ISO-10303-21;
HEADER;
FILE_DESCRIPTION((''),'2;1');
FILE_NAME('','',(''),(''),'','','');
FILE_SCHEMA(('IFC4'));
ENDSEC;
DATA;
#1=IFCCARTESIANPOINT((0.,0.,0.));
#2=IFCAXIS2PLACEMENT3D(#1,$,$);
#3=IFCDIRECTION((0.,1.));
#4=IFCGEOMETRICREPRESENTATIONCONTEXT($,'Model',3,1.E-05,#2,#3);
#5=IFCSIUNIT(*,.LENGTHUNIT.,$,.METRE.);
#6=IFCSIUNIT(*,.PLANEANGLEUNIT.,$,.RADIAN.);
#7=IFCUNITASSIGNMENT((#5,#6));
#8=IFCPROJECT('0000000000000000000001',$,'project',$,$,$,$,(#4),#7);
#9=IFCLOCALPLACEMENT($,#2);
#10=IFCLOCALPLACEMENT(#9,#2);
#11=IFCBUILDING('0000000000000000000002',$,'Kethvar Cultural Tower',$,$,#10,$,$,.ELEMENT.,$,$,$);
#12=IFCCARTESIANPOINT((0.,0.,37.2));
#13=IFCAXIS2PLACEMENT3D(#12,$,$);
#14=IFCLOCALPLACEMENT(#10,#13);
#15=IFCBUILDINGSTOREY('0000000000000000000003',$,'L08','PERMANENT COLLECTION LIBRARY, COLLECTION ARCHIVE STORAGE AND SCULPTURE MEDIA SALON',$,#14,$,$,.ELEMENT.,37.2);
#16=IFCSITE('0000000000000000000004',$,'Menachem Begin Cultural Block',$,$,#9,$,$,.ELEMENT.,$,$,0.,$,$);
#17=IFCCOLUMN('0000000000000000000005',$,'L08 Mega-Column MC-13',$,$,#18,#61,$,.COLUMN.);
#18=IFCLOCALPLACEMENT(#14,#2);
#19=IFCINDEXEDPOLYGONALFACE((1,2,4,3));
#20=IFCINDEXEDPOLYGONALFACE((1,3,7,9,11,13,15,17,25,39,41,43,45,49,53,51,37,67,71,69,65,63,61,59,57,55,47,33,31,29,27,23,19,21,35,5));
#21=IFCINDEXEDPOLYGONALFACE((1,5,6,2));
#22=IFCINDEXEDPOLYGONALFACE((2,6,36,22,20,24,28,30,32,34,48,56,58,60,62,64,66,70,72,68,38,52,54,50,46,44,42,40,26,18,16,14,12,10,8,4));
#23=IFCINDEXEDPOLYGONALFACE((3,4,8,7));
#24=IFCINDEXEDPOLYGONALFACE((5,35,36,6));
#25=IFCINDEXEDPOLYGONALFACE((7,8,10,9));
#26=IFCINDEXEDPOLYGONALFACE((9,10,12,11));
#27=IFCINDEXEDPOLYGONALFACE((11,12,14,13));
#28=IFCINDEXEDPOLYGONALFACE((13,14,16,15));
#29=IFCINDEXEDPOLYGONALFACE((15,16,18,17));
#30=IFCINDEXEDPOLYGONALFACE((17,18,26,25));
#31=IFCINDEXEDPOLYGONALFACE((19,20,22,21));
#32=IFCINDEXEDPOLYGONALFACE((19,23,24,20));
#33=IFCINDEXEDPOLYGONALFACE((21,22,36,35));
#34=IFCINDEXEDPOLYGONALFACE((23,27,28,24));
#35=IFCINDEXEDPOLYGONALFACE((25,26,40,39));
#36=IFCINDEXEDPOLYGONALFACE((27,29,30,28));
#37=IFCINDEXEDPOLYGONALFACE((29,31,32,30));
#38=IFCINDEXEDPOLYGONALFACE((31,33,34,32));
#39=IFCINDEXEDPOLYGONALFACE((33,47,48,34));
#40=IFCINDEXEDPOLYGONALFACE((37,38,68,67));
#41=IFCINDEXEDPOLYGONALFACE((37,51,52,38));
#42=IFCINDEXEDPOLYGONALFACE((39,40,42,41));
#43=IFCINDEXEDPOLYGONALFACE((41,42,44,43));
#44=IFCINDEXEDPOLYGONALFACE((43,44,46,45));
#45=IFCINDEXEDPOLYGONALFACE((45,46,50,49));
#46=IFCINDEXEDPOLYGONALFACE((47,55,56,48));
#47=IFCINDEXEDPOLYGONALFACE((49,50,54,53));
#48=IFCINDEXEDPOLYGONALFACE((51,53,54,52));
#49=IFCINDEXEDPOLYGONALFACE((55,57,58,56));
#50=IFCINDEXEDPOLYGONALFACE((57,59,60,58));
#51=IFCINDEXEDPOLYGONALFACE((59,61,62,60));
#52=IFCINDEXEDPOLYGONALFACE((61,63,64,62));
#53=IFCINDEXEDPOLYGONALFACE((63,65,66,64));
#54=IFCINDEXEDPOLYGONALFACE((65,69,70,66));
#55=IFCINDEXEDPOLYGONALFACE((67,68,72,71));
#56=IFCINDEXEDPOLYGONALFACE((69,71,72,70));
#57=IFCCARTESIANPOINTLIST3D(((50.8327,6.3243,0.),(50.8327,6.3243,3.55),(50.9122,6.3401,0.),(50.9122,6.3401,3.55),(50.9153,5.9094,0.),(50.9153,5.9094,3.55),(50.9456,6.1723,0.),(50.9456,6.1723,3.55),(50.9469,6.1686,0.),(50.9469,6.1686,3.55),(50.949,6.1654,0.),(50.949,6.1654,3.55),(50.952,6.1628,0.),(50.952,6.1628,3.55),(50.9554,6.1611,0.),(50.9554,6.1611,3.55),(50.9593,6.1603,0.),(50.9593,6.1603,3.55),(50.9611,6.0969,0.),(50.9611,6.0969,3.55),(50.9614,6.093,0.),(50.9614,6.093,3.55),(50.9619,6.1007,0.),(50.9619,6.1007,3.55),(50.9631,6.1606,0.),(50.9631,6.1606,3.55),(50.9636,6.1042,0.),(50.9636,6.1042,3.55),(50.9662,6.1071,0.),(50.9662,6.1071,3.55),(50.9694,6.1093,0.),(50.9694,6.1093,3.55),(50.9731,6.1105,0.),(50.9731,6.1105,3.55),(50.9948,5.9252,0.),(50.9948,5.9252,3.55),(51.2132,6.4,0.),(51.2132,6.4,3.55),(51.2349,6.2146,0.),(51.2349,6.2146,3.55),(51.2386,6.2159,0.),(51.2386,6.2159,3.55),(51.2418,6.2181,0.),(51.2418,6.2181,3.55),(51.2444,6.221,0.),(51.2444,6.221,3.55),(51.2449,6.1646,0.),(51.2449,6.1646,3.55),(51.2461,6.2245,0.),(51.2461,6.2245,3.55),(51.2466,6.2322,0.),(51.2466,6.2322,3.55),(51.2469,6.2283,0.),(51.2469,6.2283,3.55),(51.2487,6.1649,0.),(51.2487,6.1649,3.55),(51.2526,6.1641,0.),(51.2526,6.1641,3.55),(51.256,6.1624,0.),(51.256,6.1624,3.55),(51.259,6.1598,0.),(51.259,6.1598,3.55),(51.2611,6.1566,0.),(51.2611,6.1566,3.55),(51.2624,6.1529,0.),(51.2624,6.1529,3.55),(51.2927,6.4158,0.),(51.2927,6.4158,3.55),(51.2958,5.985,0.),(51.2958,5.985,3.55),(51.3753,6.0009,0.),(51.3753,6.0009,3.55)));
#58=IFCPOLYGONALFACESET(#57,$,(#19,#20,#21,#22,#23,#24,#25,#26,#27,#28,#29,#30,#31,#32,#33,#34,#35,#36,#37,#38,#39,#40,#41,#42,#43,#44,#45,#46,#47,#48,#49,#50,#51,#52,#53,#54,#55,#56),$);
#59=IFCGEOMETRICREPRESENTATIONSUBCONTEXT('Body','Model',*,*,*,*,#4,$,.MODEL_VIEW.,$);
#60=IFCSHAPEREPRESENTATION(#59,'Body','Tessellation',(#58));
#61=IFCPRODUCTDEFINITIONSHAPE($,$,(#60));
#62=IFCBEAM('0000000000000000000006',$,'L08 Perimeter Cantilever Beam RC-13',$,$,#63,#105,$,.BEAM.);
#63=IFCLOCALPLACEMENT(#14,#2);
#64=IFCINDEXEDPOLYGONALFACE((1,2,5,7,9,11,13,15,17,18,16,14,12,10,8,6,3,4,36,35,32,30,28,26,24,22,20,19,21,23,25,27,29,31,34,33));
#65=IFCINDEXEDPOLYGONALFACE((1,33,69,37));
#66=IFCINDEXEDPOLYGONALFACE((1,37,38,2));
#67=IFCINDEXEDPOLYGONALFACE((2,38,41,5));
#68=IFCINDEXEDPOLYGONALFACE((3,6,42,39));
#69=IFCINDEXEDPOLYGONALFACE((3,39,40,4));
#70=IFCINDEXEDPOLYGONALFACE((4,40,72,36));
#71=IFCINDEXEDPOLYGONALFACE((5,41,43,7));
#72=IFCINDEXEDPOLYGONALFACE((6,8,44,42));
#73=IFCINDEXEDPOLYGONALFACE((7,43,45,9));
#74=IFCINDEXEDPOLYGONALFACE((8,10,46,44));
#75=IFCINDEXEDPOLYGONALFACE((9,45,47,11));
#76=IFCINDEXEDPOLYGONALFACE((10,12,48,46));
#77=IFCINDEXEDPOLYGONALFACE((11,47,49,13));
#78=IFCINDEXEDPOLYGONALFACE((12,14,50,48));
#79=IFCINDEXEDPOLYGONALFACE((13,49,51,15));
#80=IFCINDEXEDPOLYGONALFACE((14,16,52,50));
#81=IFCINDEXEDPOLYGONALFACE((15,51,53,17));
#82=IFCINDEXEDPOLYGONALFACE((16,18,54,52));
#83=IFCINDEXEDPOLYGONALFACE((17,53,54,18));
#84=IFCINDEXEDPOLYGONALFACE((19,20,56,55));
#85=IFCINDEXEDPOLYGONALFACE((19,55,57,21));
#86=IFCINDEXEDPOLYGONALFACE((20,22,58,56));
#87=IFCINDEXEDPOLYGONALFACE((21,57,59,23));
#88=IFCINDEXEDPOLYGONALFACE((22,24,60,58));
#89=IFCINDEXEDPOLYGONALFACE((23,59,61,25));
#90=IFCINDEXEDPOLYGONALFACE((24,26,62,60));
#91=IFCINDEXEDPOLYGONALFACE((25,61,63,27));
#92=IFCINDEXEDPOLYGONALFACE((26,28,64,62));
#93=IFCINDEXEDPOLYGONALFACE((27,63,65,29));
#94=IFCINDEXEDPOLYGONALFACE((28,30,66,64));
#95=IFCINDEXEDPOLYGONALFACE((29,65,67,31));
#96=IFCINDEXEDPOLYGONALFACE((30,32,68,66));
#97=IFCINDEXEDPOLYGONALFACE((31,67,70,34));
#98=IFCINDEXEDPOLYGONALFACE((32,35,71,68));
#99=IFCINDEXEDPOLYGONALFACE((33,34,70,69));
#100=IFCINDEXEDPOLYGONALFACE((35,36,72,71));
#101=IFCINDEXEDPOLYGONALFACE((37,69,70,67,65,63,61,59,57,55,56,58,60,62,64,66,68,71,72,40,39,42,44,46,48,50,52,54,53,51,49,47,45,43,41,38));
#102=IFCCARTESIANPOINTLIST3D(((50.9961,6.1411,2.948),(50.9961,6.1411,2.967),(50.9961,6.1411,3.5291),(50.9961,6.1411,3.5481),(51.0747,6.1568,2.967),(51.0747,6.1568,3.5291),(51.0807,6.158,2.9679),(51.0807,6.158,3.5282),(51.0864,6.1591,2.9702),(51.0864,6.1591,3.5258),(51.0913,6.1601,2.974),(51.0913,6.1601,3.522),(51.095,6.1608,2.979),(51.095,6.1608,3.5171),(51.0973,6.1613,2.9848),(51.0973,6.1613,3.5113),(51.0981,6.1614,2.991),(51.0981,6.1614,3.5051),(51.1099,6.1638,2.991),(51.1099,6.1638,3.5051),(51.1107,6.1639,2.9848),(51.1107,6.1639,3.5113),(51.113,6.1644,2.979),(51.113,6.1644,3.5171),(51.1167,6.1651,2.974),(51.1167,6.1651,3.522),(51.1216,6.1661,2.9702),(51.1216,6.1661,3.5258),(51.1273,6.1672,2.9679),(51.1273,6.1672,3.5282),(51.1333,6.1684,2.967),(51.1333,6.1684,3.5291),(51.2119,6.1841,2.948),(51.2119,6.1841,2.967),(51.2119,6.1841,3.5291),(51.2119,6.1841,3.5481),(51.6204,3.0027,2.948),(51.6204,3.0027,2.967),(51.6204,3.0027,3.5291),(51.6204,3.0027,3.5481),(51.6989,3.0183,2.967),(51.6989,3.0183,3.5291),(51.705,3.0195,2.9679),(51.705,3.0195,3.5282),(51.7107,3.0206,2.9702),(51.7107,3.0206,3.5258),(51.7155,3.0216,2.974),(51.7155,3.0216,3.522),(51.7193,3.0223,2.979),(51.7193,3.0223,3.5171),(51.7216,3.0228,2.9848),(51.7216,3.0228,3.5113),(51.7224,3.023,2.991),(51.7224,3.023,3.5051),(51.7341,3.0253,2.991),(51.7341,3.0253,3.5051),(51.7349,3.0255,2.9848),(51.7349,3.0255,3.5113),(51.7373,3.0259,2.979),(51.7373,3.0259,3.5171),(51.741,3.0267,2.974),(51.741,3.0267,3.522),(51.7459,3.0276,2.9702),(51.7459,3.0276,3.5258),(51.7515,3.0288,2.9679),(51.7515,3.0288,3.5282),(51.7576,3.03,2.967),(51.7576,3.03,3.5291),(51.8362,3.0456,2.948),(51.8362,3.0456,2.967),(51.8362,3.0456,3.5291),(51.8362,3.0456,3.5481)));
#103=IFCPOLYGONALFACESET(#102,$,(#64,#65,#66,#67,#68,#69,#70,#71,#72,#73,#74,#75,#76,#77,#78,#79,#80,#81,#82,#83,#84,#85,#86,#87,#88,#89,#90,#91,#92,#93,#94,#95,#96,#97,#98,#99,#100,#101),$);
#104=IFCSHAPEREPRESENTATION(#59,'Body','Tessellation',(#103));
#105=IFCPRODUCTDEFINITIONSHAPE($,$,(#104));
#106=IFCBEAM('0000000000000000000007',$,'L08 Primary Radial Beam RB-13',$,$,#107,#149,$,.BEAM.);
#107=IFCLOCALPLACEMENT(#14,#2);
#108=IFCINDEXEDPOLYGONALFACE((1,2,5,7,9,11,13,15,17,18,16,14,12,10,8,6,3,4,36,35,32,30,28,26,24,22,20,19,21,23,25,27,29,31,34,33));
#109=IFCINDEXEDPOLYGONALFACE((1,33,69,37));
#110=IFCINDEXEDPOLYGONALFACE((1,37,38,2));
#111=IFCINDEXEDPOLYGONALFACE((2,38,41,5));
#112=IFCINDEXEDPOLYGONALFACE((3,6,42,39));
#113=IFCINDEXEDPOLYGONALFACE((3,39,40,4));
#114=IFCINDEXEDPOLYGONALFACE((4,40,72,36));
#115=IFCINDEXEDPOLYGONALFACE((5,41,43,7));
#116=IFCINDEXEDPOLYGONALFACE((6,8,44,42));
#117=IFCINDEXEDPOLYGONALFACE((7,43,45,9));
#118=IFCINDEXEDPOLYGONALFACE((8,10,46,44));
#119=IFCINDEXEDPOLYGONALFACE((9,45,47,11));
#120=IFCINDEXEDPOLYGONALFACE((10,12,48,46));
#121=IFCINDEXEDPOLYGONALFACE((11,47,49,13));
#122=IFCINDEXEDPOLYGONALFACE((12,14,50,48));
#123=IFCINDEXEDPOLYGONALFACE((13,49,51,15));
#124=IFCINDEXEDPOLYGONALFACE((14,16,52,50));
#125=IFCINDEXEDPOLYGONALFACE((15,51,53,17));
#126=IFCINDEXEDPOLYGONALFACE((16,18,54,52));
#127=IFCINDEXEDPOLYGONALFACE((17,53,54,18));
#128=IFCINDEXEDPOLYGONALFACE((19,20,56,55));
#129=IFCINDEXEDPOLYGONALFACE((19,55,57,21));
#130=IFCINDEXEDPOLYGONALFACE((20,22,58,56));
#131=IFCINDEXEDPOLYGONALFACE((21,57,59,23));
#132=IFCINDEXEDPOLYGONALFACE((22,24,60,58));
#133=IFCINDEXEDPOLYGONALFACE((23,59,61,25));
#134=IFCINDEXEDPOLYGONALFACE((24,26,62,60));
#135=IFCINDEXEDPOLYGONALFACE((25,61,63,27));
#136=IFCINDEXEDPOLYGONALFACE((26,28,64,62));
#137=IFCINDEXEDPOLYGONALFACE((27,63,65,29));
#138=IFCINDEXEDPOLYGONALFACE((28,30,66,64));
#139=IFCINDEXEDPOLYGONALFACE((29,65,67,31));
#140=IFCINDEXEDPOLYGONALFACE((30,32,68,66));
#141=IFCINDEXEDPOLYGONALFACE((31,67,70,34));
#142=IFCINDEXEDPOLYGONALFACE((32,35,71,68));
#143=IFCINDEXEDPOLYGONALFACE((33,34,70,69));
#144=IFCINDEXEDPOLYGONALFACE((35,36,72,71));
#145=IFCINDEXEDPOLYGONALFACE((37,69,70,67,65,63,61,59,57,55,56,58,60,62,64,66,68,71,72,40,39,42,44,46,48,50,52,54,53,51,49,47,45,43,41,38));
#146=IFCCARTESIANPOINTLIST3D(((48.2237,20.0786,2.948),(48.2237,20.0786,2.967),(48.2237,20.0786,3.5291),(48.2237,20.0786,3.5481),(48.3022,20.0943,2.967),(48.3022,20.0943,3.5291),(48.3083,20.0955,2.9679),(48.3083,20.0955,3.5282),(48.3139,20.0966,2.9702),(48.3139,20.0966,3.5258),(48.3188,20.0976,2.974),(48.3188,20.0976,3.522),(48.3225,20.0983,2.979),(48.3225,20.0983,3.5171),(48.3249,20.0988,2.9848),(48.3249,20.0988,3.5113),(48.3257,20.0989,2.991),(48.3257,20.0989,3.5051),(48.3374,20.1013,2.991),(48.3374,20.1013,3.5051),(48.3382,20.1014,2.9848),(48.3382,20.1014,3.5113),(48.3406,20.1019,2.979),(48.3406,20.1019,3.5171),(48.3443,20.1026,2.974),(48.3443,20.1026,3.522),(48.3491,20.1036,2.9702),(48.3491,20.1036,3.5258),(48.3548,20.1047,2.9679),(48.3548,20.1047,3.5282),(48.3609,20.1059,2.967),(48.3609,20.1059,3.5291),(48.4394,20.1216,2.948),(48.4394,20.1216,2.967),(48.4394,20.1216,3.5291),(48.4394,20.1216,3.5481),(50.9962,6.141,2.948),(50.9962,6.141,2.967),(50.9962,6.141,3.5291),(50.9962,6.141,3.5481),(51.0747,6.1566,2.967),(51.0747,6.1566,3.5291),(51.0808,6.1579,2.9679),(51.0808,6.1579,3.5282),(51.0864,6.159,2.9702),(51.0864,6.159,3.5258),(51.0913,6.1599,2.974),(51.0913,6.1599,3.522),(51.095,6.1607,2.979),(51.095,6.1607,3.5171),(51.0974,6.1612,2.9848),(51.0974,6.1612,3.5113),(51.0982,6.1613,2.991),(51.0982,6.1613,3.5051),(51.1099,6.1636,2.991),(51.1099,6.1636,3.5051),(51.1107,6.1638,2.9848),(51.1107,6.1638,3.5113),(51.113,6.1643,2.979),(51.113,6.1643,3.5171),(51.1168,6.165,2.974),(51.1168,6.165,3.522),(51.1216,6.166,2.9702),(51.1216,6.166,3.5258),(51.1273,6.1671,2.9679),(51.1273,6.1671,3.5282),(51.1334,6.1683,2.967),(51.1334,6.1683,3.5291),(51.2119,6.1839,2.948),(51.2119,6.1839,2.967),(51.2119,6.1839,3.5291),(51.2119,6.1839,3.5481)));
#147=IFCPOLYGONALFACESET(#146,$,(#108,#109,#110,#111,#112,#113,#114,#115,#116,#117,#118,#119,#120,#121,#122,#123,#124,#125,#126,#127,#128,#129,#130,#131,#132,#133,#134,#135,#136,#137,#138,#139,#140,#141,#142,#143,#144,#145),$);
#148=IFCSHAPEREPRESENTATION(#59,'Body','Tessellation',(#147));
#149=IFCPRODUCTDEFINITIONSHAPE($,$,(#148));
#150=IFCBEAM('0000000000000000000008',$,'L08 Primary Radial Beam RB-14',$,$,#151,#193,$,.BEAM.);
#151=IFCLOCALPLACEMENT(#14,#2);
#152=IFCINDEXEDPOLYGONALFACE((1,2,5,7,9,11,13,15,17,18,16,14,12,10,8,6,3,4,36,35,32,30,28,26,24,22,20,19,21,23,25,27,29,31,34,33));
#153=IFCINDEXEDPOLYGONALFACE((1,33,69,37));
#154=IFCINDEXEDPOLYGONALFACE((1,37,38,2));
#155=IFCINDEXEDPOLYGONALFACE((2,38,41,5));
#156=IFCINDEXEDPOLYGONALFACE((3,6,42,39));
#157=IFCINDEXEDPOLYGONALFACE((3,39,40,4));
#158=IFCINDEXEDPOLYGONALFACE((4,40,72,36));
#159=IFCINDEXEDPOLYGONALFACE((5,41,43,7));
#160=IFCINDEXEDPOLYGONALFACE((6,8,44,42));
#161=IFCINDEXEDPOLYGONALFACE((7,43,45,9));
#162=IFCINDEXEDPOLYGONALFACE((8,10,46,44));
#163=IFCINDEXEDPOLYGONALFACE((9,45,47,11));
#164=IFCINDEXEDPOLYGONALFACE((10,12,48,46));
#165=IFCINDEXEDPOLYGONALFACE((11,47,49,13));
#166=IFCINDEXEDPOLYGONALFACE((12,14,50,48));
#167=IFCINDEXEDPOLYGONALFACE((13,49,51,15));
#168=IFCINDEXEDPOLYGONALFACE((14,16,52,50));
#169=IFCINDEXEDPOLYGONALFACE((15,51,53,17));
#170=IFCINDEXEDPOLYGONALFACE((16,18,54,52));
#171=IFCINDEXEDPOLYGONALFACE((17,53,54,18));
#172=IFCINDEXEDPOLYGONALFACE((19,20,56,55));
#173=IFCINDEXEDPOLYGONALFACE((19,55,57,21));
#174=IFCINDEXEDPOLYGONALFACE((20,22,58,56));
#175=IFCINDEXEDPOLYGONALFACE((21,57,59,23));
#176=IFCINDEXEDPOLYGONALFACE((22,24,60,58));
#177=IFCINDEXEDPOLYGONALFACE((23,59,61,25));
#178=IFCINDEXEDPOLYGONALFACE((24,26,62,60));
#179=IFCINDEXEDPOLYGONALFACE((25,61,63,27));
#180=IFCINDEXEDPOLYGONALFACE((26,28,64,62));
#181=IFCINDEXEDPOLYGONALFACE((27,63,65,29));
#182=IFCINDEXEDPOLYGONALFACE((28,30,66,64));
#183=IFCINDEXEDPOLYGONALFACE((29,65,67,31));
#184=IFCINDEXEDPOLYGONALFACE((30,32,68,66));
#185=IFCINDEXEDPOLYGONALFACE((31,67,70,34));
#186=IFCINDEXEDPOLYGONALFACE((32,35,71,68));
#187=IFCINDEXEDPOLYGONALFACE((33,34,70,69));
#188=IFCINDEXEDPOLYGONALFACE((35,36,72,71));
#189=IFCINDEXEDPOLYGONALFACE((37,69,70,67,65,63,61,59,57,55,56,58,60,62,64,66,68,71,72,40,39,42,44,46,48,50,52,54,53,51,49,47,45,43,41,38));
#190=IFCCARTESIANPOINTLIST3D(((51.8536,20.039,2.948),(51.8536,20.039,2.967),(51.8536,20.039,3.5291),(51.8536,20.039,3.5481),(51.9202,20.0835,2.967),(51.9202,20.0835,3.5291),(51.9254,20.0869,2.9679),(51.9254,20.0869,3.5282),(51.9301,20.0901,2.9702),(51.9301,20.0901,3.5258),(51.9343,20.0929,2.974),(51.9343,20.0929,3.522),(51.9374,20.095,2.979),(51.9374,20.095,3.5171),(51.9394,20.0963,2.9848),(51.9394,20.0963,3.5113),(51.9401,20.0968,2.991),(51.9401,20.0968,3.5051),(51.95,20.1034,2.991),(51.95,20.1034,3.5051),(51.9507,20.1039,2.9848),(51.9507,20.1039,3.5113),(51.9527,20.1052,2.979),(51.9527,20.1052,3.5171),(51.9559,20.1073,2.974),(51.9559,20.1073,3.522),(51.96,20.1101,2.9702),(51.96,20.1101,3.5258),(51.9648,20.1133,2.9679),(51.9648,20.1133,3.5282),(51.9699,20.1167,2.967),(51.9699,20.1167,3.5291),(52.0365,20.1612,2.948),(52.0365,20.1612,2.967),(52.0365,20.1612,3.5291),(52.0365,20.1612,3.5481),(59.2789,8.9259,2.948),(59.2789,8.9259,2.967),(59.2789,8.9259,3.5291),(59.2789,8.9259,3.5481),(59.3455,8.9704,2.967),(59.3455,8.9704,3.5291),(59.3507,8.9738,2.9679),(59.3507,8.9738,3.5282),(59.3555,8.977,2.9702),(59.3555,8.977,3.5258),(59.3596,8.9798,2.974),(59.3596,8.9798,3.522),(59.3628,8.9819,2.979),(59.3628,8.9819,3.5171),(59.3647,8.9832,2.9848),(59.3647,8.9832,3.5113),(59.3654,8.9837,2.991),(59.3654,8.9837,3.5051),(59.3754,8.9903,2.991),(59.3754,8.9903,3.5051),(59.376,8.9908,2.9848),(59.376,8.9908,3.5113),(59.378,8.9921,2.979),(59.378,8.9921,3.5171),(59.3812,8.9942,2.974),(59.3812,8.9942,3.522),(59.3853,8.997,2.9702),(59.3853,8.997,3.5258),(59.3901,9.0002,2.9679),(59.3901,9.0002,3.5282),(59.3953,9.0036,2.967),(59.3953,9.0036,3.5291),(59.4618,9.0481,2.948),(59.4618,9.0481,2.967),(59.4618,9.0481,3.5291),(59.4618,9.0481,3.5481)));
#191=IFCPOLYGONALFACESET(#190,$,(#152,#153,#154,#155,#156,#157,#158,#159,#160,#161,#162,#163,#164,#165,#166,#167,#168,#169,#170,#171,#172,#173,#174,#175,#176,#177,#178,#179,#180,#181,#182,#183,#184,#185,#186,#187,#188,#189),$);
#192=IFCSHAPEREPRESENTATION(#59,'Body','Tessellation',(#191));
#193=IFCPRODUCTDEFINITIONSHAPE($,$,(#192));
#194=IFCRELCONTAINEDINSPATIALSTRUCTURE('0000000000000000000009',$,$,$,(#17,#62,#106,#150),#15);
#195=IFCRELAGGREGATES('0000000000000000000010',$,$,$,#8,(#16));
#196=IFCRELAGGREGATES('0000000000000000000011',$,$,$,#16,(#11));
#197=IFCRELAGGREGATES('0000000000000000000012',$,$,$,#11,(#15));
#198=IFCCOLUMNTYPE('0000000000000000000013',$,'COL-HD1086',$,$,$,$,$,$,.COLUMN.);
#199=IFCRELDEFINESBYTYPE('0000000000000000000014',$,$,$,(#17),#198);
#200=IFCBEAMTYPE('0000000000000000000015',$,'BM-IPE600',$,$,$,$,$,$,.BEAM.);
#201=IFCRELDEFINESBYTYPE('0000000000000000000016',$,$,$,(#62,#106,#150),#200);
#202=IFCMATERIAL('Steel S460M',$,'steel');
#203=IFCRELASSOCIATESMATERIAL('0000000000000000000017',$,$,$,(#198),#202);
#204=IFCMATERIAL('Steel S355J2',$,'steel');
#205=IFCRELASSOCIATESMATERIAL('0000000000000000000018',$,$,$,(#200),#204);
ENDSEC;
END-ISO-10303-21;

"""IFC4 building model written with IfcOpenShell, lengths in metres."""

from ifc_helpers import new_model, si_unit, direction, frame, origin, origin_2d, place, context, subcontext, project, spatial, i_section, extrude, source, transform, mapped, material, material_profile, profile_set, type_object, element, save


model = new_model("IFC4")

# Units and contexts
model_context = context("Model", 3, precision=1e-05, world=origin(), true_north=direction((0.0, 1.0)))
body_context = subcontext(model_context, "Body", "Model", "MODEL_VIEW")
ifc_project = project(units=[si_unit("LENGTHUNIT", "METRE"), si_unit("PLANEANGLEUNIT", "RADIAN")], contexts=[model_context])

# Site, building, storey
site_placement = place(None, origin())
site = spatial("IfcSite", under=ifc_project, at=site_placement, Name="Menachem Begin Cultural Block", CompositionType="ELEMENT", RefElevation=0.0)
building_placement = place(site_placement, origin())
building = spatial("IfcBuilding", under=site, at=building_placement, Name="Kethvar Cultural Tower", CompositionType="ELEMENT")
storey_placement = place(building_placement, frame((0.0, 0.0, 37.2)))
storey = spatial("IfcBuildingStorey", under=building, at=storey_placement, Name="L08", Description="PERMANENT COLLECTION LIBRARY, COLLECTION ARCHIVE STORAGE AND SCULPTURE MEDIA SALON", CompositionType="ELEMENT", Elevation=37.2)

# Column
ifc_material_1 = material(Name="Steel S460M", Category="steel")
ifc_material_profile_1 = material_profile(ifc_material_1, i_section(OverallWidth=0.4231, OverallDepth=0.469, WebThickness=0.051, FlangeThickness=0.0811, FilletRadius=0.0149, at=origin_2d()), Name="Steel S460M — HD400x1086")
ifc_profile_set_1 = profile_set([ifc_material_profile_1], Name="Steel S460M — HD400x1086")
column_type = type_object("IfcColumnType", Name="COL-HD1086", PredefinedType="COLUMN", material=ifc_profile_set_1)
shared_shape_1 = source(origin(), body_context, "Body", "SweptSolid", [
    extrude(i_section(OverallWidth=0.4231, OverallDepth=0.469, WebThickness=0.051, FlangeThickness=0.0811, FilletRadius=0.0149, at=origin_2d()), origin(), (0.0, 0.0, 1.0), 3.55),
])
column_placement = place(storey_placement, frame((51.104, 6.1626, 0.0), z_axis=(0.0, 0.0, 1.0), x_axis=(0.19509, -0.980785, 0.0)))
element("IfcColumn", 1, at=column_placement, inside=storey, type_object=column_type, Name="L08 Mega-Column MC-13", PredefinedType="COLUMN", context=body_context, shape_type="MappedRepresentation", body=[
    mapped(shared_shape_1, transform((0.0, 0.0, 0.0), scale=1.0)),
])

# Beams
ifc_material_2 = material(Name="Steel S355J2", Category="steel")
ifc_material_profile_2 = material_profile(ifc_material_2, i_section(OverallWidth=0.22, OverallDepth=0.6001, WebThickness=0.012, FlangeThickness=0.019, FilletRadius=0.0239, at=origin_2d()), Name="Steel S355J2 — IPE600")
ifc_profile_set_2 = profile_set([ifc_material_profile_2], Name="Steel S355J2 — IPE600")
beam_type_1 = type_object("IfcBeamType", Name="BM-IPE600", PredefinedType="BEAM", material=ifc_profile_set_2)
shared_shape_2 = source(origin(), body_context, "Body", "SweptSolid", [
    extrude(i_section(OverallWidth=0.22, OverallDepth=0.6001, WebThickness=0.012, FlangeThickness=0.019, FilletRadius=0.0239, at=origin_2d()), origin(), (0.0, 0.0, 1.0), 3.2),
])
beam_1_placement = place(storey_placement, frame((51.104, 6.1626, 3.248), z_axis=(0.195089, -0.980786, 0.0), x_axis=(0.980786, 0.195089, 0.0)))
element("IfcBeam", 2, at=beam_1_placement, inside=storey, type_object=beam_type_1, Name="L08 Perimeter Cantilever Beam RC-13", PredefinedType="BEAM", context=body_context, shape_type="MappedRepresentation", body=[
    mapped(shared_shape_2, transform((0.0, 0.0, 0.0), scale=1.0)),
])
shared_shape_3 = source(origin(), body_context, "Body", "SweptSolid", [
    extrude(i_section(OverallWidth=0.22, OverallDepth=0.6001, WebThickness=0.012, FlangeThickness=0.019, FilletRadius=0.0239, at=origin_2d()), origin(), (0.0, 0.0, 1.0), 14.2107),
])
beam_2_placement = place(storey_placement, frame((48.3315, 20.1001, 3.248), z_axis=(0.195098, -0.980784, 0.0), x_axis=(0.980784, 0.195098, 0.0)))
element("IfcBeam", 3, at=beam_2_placement, inside=storey, type_object=beam_type_1, Name="L08 Primary Radial Beam RB-13", PredefinedType="BEAM", context=body_context, shape_type="MappedRepresentation", body=[
    mapped(shared_shape_3, transform((0.0, 0.0, 0.0), scale=1.0)),
])
shared_shape_4 = source(origin(), body_context, "Body", "SweptSolid", [
    extrude(i_section(OverallWidth=0.22, OverallDepth=0.6001, WebThickness=0.012, FlangeThickness=0.019, FilletRadius=0.0239, at=origin_2d()), origin(), (0.0, 0.0, 1.0), 13.3655),
])
beam_3_placement = place(storey_placement, frame((51.9451, 20.1001, 3.248), z_axis=(0.55556, -0.831477, 0.0), x_axis=(0.831477, 0.55556, 0.0)))
element("IfcBeam", 4, at=beam_3_placement, inside=storey, type_object=beam_type_1, Name="L08 Primary Radial Beam RB-14", PredefinedType="BEAM", context=body_context, shape_type="MappedRepresentation", body=[
    mapped(shared_shape_4, transform((0.0, 0.0, 0.0), scale=1.0)),
])

save(model, "model.ifc")
